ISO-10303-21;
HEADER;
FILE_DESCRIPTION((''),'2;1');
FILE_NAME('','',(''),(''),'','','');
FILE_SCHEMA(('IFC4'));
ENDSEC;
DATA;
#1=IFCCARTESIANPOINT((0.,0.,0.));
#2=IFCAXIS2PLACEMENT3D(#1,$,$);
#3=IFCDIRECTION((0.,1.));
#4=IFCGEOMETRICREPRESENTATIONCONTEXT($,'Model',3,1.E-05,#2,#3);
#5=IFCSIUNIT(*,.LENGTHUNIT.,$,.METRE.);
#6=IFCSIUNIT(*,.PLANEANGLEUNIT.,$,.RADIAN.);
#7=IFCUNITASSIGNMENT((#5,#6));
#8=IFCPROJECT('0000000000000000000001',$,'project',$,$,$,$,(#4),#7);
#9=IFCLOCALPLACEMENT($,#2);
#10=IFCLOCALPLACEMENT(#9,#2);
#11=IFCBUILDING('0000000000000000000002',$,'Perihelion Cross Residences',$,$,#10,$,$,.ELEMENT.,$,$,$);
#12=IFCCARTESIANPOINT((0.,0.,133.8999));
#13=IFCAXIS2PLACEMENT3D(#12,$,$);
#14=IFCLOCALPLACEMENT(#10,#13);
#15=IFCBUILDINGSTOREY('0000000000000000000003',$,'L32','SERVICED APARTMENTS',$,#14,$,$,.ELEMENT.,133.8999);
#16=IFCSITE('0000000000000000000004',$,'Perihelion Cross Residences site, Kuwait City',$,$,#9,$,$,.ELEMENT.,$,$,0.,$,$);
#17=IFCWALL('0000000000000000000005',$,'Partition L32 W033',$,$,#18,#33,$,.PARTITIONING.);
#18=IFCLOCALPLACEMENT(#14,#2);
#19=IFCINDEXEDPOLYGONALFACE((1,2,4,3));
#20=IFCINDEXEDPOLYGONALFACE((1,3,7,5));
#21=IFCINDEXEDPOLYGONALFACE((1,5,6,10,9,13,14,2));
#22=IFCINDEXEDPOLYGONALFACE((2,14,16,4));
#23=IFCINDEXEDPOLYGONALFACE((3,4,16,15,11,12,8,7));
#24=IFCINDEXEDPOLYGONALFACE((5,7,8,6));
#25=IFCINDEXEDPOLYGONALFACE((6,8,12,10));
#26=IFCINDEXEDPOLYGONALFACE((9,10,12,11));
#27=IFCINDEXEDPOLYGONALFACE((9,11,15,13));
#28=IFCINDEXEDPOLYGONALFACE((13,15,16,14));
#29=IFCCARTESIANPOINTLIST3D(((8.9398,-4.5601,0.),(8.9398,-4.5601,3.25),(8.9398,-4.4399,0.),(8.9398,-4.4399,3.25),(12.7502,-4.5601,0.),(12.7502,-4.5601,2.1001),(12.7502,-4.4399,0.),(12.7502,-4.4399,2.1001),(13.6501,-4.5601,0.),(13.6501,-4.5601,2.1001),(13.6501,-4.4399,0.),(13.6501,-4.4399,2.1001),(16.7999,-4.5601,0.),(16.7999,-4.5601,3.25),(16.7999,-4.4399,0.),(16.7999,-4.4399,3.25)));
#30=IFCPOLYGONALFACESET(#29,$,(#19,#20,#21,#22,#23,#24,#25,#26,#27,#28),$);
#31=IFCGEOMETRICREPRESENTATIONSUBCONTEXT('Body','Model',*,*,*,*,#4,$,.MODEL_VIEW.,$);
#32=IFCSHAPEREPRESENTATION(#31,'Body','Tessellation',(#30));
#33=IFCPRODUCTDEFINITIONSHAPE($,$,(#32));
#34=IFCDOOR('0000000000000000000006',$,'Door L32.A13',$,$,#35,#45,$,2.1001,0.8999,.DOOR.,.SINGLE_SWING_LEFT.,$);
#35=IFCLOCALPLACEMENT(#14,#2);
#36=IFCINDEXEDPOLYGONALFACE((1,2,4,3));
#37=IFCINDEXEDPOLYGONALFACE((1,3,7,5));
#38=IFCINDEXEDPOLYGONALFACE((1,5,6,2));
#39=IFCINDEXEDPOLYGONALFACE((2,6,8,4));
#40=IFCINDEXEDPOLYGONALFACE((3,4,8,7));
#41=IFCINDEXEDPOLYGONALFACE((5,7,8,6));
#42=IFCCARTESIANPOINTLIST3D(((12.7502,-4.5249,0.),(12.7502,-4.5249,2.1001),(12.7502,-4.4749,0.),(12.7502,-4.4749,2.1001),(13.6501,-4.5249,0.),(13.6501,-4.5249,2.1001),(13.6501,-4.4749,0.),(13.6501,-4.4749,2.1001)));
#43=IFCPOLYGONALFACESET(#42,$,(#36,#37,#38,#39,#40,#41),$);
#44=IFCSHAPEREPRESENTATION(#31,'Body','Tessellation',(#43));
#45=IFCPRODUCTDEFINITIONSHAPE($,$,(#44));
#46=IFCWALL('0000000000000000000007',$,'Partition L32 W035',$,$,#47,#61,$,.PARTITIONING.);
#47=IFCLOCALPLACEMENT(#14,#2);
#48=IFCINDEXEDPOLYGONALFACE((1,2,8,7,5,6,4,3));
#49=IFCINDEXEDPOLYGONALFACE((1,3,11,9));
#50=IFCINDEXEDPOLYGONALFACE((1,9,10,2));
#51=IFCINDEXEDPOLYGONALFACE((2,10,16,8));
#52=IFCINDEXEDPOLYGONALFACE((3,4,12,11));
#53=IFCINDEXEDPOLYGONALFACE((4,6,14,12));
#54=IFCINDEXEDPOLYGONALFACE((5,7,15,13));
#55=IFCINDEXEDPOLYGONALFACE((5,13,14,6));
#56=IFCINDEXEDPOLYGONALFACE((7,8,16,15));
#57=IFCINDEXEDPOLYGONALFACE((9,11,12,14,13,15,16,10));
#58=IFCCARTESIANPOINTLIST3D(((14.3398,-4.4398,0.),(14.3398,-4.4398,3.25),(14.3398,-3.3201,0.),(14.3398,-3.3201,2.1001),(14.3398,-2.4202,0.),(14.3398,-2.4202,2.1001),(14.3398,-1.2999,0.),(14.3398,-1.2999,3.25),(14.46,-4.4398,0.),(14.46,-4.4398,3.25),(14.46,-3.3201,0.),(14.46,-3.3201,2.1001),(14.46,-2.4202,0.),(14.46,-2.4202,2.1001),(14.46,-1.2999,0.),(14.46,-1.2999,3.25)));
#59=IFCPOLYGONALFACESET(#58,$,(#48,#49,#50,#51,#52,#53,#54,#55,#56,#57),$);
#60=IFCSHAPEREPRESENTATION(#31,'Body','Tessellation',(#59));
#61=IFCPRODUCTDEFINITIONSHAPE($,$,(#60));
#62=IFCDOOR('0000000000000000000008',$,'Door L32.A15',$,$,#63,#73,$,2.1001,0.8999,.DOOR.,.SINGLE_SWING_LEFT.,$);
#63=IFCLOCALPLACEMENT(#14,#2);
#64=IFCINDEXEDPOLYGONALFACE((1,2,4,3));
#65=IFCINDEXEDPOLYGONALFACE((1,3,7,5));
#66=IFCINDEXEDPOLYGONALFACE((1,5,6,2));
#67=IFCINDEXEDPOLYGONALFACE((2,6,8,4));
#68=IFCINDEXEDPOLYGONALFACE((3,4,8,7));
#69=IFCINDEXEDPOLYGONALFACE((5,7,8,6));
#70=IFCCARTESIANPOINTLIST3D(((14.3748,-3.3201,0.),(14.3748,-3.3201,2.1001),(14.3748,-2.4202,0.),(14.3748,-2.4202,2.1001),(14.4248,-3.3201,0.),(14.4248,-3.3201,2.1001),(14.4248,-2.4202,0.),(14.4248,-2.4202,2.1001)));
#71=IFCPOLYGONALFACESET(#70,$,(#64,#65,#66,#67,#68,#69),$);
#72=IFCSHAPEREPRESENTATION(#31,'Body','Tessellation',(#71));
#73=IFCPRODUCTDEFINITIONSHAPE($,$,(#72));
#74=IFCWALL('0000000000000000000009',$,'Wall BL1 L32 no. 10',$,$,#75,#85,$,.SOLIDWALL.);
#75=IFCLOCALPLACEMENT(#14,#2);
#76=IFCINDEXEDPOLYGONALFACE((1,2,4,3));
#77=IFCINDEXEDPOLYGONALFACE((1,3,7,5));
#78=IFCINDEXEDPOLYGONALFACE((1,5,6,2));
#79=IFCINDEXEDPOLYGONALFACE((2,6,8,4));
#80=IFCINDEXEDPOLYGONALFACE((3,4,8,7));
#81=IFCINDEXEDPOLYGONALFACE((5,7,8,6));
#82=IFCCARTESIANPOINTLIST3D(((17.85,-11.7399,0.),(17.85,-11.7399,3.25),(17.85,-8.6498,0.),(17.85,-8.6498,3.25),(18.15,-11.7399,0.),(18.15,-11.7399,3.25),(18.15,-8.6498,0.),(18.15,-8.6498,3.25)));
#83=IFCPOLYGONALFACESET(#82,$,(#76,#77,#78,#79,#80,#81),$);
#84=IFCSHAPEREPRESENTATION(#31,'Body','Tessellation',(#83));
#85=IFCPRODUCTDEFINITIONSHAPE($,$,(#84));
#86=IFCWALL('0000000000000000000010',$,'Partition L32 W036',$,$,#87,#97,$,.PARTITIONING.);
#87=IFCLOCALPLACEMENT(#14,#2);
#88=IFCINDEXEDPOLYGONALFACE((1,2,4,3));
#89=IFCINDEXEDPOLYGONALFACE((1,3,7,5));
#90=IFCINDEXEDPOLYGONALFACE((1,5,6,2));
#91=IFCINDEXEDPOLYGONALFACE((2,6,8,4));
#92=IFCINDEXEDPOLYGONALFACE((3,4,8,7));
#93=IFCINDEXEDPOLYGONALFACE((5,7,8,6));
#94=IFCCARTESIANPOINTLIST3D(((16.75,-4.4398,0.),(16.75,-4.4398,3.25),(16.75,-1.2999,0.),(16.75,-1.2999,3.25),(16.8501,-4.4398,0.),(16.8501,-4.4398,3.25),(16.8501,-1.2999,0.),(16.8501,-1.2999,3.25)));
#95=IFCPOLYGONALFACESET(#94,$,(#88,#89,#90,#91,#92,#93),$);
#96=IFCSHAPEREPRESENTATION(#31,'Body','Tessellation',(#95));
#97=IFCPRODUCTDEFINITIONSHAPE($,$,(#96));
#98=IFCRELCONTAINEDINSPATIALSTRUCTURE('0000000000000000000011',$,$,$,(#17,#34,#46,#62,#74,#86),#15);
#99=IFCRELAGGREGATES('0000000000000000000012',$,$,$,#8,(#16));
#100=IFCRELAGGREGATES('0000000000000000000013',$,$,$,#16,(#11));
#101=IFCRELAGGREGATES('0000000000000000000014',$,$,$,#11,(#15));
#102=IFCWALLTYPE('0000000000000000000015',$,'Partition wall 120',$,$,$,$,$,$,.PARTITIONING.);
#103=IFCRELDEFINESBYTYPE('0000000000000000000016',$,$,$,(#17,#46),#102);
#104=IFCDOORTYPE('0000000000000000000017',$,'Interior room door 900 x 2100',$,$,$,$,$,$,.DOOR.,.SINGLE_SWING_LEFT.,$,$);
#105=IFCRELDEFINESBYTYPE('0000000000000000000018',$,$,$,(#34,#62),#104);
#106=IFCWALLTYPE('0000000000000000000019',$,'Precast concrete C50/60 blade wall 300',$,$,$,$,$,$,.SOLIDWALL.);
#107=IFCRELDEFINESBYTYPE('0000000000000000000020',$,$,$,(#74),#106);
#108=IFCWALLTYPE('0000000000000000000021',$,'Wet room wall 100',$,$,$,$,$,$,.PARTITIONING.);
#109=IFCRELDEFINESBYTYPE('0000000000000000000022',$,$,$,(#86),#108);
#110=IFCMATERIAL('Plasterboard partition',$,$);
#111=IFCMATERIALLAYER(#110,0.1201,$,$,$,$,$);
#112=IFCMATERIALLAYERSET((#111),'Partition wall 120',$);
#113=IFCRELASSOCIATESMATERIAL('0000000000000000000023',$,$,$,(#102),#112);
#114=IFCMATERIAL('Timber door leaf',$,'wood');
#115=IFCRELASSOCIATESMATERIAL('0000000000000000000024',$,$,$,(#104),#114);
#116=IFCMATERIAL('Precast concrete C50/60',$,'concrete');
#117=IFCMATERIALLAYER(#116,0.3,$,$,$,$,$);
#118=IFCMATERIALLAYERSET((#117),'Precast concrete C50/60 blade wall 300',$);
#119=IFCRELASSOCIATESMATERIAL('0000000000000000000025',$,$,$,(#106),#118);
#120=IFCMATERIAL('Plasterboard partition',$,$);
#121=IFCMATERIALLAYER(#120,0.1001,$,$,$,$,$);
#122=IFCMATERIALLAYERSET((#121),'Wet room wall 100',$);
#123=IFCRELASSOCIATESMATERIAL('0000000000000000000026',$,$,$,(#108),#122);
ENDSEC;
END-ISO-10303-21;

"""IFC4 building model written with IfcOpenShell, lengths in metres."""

from ifc_helpers import new_model, si_unit, direction, frame, frame_2d, origin, place, context, subcontext, project, spatial, rectangle, extrude, material, layer, layer_set, type_object, element, fill, save


model = new_model("IFC4")

# Units and contexts
model_context = context("Model", 3, precision=1e-05, world=origin(), true_north=direction((0.0, 1.0)))
body_context = subcontext(model_context, "Body", "Model", "MODEL_VIEW")
ifc_project = project(units=[si_unit("LENGTHUNIT", "METRE"), si_unit("PLANEANGLEUNIT", "RADIAN")], contexts=[model_context])

# Site, building, storey
site_placement = place(None, origin())
site = spatial("IfcSite", under=ifc_project, at=site_placement, Name="Perihelion Cross Residences site, Kuwait City", CompositionType="ELEMENT", RefElevation=0.0)
building_placement = place(site_placement, origin())
building = spatial("IfcBuilding", under=site, at=building_placement, Name="Perihelion Cross Residences", CompositionType="ELEMENT")
storey_placement = place(building_placement, frame((0.0, 0.0, 133.8999)))
storey = spatial("IfcBuildingStorey", under=building, at=storey_placement, Name="L32", Description="SERVICED APARTMENTS", CompositionType="ELEMENT", Elevation=133.8999)

# Walls, openings, doors
ifc_material_1 = material(Name="Plasterboard partition")
ifc_layer_1 = layer(ifc_material_1, 0.1201)
ifc_layer_set_1 = layer_set([ifc_layer_1], Name="Partition wall 120")
wall_type_1 = type_object("IfcWallType", Name="Partition wall 120", PredefinedType="PARTITIONING", material=ifc_layer_set_1)
ifc_material_2 = material(Name="Timber door leaf", Category="wood")
door_type_1 = type_object("IfcDoorType", Name="Interior room door 900 x 2100", OperationType="SINGLE_SWING_LEFT", PredefinedType="DOOR", material=ifc_material_2)
wall_1_placement = place(storey_placement, frame((16.8, -4.5, 0.0), z_axis=(0.0, 0.0, 1.0), x_axis=(-1.0, 0.0, 0.0)))
wall_1 = element("IfcWall", 1, at=wall_1_placement, inside=storey, type_object=wall_type_1, Name="Partition L32 W033", PredefinedType="PARTITIONING", context=body_context, shape_type="SweptSolid", body=[
    extrude(rectangle(XDim=7.8601, YDim=0.1201, at=frame_2d((3.9302, 0.0))), origin(), (0.0, 0.0, 1.0), 3.25),
])
opening_1_placement = place(wall_1_placement, frame((3.1499, 0.0, 0.0)))
opening_1 = element("IfcOpeningElement", 2, at=opening_1_placement, cuts=wall_1, PredefinedType="OPENING", context=body_context, shape_type="SweptSolid", body=[
    extrude(rectangle(XDim=0.8999, YDim=2.1001, at=frame_2d((0.45, 1.05))), frame((0.0, 0.0701, 0.0), z_axis=(0.0, -1.0, 0.0), x_axis=(1.0, 0.0, 0.0)), (0.0, 0.0, 1.0), 0.1401),
])
door_1_placement = place(opening_1_placement, origin())
door_1 = element("IfcDoor", 3, at=door_1_placement, inside=storey, type_object=door_type_1, Name="Door L32.A13", OperationType="SINGLE_SWING_LEFT", OverallHeight=2.1001, OverallWidth=0.8999, PredefinedType="DOOR", context=body_context, shape_type="SweptSolid", body=[
    extrude(rectangle(XDim=0.8999, YDim=2.1001, at=frame_2d((0.45, 1.05))), frame((0.0, 0.0249, 0.0), z_axis=(0.0, -1.0, 0.0), x_axis=(1.0, 0.0, 0.0)), (0.0, 0.0, 1.0), 0.05),
])
fill(opening_1, door_1)
wall_2_placement = place(storey_placement, frame((14.3999, -1.3, 0.0), z_axis=(0.0, 0.0, 1.0), x_axis=(0.0, -1.0, 0.0)))
wall_2 = element("IfcWall", 4, at=wall_2_placement, inside=storey, type_object=wall_type_1, Name="Partition L32 W035", PredefinedType="PARTITIONING", context=body_context, shape_type="SweptSolid", body=[
    extrude(rectangle(XDim=3.1399, YDim=0.1201, at=frame_2d((1.5698, 0.0))), origin(), (0.0, 0.0, 1.0), 3.25),
])
opening_2_placement = place(wall_2_placement, frame((1.1201, 0.0, 0.0)))
opening_2 = element("IfcOpeningElement", 5, at=opening_2_placement, cuts=wall_2, PredefinedType="OPENING", context=body_context, shape_type="SweptSolid", body=[
    extrude(rectangle(XDim=0.8999, YDim=2.1001, at=frame_2d((0.45, 1.05))), frame((0.0, 0.0701, 0.0), z_axis=(0.0, -1.0, 0.0), x_axis=(1.0, 0.0, 0.0)), (0.0, 0.0, 1.0), 0.1401),
])
door_2_placement = place(opening_2_placement, origin())
door_2 = element("IfcDoor", 6, at=door_2_placement, inside=storey, type_object=door_type_1, Name="Door L32.A15", OperationType="SINGLE_SWING_LEFT", OverallHeight=2.1001, OverallWidth=0.8999, PredefinedType="DOOR", context=body_context, shape_type="SweptSolid", body=[
    extrude(rectangle(XDim=0.8999, YDim=2.1001, at=frame_2d((0.45, 1.05))), frame((0.0, 0.0249, 0.0), z_axis=(0.0, -1.0, 0.0), x_axis=(1.0, 0.0, 0.0)), (0.0, 0.0, 1.0), 0.05),
])
fill(opening_2, door_2)

# Walls
ifc_material_3 = material(Name="Precast concrete C50/60", Category="concrete")
ifc_layer_2 = layer(ifc_material_3, 0.3)
ifc_layer_set_2 = layer_set([ifc_layer_2], Name="Precast concrete C50/60 blade wall 300")
wall_type_2 = type_object("IfcWallType", Name="Precast concrete C50/60 blade wall 300", PredefinedType="SOLIDWALL", material=ifc_layer_set_2)
wall_3_placement = place(storey_placement, frame((18.0, -8.6499, 0.0), z_axis=(0.0, 0.0, 1.0), x_axis=(0.0, -1.0, 0.0)))
element("IfcWall", 7, at=wall_3_placement, inside=storey, type_object=wall_type_2, Name="Wall BL1 L32 no. 10", PredefinedType="SOLIDWALL", context=body_context, shape_type="SweptSolid", body=[
    extrude(rectangle(XDim=3.0901, YDim=0.3, at=frame_2d((1.5449, 0.0))), origin(), (0.0, 0.0, 1.0), 3.25),
])
ifc_material_4 = material(Name="Plasterboard partition")
ifc_layer_3 = layer(ifc_material_4, 0.1001)
ifc_layer_set_3 = layer_set([ifc_layer_3], Name="Wet room wall 100")
wall_type_3 = type_object("IfcWallType", Name="Wet room wall 100", PredefinedType="PARTITIONING", material=ifc_layer_set_3)
wall_4_placement = place(storey_placement, frame((16.8, -1.3, 0.0), z_axis=(0.0, 0.0, 1.0), x_axis=(0.0, -1.0, 0.0)))
element("IfcWall", 8, at=wall_4_placement, inside=storey, type_object=wall_type_3, Name="Partition L32 W036", PredefinedType="PARTITIONING", context=body_context, shape_type="SweptSolid", body=[
    extrude(rectangle(XDim=3.1399, YDim=0.1001, at=frame_2d((1.5698, 0.0))), origin(), (0.0, 0.0, 1.0), 3.25),
])

save(model, "model.ifc")
